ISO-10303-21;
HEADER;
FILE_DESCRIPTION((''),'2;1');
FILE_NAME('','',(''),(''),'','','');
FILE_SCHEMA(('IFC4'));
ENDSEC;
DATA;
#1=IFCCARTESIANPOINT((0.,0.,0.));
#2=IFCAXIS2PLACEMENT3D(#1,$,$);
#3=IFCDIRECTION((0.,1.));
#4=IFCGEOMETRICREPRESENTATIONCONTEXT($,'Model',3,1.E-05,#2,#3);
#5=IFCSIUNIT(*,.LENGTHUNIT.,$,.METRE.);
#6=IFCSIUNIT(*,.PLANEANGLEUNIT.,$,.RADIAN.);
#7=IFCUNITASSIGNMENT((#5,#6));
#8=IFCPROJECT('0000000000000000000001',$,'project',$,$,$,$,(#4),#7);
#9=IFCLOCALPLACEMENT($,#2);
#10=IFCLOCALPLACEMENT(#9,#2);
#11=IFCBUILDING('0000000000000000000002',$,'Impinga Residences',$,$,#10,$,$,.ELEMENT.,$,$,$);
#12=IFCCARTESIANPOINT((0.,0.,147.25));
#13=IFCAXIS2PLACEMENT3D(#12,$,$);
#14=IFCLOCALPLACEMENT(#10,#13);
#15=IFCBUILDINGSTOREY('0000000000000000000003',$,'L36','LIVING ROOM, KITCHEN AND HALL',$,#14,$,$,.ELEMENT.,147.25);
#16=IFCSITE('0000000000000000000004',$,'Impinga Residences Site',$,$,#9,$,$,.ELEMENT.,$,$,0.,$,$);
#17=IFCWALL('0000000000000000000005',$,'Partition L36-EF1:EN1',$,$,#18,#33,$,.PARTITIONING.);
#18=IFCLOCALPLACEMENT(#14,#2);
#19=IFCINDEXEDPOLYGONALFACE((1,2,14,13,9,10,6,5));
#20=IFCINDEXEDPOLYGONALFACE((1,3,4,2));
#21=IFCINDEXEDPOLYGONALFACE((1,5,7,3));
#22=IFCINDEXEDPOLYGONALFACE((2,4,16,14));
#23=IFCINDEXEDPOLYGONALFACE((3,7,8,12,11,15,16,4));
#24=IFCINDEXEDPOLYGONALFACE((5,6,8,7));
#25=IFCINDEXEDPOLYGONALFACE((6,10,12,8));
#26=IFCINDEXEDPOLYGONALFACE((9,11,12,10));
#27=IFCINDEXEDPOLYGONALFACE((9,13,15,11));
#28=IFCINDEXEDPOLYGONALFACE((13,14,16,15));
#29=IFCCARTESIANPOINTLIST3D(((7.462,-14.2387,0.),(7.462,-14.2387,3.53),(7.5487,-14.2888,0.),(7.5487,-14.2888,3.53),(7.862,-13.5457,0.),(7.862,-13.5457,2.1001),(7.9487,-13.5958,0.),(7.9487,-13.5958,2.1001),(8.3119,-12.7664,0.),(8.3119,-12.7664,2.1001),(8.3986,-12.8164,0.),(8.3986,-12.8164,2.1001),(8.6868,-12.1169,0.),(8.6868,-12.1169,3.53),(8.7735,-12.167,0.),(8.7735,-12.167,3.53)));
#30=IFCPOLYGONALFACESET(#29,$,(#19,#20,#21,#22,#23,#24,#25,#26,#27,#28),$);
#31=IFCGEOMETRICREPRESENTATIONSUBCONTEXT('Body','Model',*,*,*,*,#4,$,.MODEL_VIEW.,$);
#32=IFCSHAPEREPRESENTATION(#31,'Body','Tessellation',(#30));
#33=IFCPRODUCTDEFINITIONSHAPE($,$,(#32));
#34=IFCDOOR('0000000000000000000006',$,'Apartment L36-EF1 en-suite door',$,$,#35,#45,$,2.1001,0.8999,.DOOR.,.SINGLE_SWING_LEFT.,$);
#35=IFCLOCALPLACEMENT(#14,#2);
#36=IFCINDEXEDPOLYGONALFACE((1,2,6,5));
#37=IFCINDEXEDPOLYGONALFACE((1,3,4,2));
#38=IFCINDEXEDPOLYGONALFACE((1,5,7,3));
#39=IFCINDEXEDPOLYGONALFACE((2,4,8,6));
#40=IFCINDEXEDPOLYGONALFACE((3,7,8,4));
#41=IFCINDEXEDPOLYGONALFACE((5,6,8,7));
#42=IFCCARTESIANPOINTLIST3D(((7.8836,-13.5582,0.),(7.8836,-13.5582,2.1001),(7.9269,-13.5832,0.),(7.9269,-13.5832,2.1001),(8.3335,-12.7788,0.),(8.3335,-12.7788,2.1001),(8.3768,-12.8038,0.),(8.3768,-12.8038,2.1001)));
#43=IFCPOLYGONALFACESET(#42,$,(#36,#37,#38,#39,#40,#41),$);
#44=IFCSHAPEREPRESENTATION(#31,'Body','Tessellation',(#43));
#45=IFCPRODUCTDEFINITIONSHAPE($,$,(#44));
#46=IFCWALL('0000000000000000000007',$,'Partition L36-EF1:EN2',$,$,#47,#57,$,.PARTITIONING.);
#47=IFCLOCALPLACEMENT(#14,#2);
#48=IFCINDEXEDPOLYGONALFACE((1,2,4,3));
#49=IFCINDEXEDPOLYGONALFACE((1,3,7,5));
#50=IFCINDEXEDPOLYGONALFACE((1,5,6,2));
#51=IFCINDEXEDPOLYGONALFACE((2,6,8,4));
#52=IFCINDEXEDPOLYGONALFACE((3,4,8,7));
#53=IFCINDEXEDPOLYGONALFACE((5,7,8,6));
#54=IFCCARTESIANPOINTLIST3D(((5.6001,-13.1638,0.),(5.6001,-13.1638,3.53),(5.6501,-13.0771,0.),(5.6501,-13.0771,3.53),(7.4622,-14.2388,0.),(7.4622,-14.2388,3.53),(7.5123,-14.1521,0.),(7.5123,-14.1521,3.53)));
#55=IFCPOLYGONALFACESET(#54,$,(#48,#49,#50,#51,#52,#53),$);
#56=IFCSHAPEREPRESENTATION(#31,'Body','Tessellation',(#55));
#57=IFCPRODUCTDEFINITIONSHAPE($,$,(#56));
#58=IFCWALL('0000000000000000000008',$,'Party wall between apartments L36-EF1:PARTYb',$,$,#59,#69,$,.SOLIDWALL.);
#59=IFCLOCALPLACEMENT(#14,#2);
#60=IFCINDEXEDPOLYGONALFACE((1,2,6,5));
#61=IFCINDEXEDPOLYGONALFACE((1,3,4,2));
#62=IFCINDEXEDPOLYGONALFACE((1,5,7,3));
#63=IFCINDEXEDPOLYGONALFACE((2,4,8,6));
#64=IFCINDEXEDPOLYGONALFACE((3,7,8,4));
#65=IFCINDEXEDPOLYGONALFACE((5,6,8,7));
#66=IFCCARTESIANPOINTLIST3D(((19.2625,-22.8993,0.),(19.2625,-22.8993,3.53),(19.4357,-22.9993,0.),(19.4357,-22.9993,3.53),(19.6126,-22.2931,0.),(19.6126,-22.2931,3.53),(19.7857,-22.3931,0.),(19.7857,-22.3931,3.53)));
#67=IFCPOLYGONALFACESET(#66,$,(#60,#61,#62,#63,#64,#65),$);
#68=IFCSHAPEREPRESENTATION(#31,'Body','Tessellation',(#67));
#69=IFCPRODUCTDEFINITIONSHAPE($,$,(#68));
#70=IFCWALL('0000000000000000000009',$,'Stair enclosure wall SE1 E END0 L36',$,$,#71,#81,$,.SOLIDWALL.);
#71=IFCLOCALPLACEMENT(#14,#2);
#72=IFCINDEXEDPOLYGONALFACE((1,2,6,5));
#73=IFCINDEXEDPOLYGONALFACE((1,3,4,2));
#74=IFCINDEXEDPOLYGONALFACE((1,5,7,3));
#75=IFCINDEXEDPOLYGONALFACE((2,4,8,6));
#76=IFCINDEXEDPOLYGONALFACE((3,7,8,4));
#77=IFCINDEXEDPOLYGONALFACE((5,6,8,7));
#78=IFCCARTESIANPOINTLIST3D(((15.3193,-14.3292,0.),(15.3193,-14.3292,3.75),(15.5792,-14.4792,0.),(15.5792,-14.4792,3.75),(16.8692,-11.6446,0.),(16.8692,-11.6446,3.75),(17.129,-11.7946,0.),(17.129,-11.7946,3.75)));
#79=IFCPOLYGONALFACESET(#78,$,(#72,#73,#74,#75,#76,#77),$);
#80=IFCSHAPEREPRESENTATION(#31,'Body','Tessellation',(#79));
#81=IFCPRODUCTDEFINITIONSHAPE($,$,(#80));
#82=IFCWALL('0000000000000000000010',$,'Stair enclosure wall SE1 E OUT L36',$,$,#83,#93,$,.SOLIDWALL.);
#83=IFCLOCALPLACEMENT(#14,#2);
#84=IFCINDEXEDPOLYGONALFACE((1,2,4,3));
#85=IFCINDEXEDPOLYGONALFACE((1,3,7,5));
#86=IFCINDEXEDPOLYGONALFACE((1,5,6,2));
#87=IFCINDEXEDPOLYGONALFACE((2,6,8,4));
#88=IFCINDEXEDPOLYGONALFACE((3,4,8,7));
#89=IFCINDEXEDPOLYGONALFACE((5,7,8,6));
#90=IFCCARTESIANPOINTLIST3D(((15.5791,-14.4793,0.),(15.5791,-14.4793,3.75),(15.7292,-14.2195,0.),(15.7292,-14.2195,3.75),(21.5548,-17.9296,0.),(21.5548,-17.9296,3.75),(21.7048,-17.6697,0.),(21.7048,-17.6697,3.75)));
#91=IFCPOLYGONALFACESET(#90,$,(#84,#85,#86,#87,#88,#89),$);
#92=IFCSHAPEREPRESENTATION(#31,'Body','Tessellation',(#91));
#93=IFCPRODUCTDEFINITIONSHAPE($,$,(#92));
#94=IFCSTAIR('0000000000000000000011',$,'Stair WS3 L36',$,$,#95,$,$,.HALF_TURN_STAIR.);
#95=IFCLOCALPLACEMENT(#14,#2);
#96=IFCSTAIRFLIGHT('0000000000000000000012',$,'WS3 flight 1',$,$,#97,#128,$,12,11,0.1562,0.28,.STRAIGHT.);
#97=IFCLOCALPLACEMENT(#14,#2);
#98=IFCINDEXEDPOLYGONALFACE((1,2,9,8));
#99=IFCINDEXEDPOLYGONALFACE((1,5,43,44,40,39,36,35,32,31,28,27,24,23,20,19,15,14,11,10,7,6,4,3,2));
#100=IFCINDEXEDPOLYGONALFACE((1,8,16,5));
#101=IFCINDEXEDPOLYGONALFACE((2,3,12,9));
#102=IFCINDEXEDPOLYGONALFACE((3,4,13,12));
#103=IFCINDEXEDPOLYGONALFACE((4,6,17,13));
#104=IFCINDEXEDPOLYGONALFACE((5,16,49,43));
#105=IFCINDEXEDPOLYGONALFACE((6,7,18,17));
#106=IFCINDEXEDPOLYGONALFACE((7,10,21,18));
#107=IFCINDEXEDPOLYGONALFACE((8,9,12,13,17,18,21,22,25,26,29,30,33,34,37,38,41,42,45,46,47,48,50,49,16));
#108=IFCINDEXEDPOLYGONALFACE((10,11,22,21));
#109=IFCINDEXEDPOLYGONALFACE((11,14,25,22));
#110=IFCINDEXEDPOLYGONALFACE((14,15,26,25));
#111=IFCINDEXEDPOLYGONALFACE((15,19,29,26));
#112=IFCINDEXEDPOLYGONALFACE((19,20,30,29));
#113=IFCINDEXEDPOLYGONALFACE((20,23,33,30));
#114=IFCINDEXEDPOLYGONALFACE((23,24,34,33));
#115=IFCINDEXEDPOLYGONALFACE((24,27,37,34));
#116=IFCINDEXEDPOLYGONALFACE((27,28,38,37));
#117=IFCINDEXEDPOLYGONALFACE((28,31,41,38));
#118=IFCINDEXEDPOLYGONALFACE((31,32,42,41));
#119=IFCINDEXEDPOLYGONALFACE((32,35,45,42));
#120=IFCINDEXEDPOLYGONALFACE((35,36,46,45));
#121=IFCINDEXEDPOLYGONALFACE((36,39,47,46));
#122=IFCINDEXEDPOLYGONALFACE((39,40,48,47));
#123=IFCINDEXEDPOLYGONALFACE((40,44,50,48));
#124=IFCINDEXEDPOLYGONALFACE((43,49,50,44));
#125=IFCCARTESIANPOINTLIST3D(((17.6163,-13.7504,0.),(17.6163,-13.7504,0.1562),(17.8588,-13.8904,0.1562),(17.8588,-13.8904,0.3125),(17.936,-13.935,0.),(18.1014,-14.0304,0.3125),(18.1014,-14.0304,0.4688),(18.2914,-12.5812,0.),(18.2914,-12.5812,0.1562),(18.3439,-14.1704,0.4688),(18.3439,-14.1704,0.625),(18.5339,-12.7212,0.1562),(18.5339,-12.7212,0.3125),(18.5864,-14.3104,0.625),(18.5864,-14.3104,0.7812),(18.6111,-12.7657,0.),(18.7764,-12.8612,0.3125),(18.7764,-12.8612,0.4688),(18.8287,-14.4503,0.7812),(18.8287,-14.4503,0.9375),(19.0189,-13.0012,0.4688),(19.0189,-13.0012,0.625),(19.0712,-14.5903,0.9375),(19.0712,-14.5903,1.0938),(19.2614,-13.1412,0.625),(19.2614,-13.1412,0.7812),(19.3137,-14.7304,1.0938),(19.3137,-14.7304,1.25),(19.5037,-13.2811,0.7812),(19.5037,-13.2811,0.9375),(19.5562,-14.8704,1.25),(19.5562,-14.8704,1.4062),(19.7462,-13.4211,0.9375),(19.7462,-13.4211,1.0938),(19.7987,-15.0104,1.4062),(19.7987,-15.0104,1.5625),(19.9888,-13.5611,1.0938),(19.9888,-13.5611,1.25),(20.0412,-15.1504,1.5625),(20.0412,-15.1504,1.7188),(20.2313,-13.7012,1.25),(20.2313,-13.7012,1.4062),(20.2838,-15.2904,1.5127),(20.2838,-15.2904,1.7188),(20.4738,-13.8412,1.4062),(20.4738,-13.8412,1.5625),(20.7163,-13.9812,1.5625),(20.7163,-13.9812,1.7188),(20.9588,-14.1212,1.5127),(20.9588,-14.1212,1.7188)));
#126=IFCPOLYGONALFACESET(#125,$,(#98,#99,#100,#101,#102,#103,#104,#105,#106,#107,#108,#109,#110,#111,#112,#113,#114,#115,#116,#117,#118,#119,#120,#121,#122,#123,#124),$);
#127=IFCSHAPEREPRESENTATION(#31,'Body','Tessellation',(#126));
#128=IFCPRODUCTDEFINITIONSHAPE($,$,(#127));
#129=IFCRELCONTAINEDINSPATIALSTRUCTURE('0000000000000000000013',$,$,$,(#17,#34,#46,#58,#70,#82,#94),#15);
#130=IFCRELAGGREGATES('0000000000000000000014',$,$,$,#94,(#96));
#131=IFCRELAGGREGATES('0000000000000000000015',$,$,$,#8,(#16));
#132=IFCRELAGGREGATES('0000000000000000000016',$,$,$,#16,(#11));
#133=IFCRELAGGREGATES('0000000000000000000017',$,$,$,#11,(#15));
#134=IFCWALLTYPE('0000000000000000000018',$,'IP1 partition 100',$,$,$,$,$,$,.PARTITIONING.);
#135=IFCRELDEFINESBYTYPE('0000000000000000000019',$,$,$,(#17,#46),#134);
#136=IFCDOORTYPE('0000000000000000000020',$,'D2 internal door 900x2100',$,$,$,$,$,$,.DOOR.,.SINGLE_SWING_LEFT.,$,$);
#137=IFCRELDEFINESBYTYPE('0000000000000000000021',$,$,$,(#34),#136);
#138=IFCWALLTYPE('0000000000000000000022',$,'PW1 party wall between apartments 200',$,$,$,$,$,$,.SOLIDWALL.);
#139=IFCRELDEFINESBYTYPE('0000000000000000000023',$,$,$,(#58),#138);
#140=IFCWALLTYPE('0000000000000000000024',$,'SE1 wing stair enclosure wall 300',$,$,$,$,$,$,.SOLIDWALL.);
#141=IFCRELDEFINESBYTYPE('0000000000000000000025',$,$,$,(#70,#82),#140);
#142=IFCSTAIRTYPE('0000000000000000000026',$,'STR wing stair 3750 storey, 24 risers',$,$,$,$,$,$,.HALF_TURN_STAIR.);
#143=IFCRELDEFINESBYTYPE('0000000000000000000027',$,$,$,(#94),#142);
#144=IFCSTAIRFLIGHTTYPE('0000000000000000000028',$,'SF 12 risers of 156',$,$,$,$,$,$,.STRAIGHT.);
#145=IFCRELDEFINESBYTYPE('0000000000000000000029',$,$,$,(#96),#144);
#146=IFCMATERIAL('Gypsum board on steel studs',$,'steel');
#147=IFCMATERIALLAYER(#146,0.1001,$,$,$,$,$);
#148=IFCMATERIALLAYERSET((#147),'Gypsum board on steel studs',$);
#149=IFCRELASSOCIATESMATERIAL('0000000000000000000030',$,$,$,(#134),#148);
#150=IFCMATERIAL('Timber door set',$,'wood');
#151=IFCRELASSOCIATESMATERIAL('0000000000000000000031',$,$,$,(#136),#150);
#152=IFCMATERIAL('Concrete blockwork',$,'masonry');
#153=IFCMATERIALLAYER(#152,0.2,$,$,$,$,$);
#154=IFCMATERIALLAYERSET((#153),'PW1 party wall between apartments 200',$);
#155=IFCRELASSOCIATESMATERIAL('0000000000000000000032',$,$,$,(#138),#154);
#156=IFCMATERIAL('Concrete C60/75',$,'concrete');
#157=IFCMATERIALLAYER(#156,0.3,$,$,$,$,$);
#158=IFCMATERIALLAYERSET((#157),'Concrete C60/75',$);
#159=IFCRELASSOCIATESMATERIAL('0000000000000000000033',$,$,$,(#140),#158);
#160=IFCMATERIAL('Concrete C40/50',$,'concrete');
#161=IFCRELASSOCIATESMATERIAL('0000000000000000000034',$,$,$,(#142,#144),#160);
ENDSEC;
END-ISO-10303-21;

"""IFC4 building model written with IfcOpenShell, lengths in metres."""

from ifc_helpers import new_model, si_unit, direction, frame, frame_2d, origin, place, context, subcontext, project, spatial, polyline, rectangle, outline, extrude, material, layer, layer_set, type_object, element, fill, aggregate, save


model = new_model("IFC4")

# Units and contexts
model_context = context("Model", 3, precision=1e-05, world=origin(), true_north=direction((0.0, 1.0)))
body_context = subcontext(model_context, "Body", "Model", "MODEL_VIEW")
ifc_project = project(units=[si_unit("LENGTHUNIT", "METRE"), si_unit("PLANEANGLEUNIT", "RADIAN")], contexts=[model_context])

# Site, building, storey
site_placement = place(None, origin())
site = spatial("IfcSite", under=ifc_project, at=site_placement, Name="Impinga Residences Site", CompositionType="ELEMENT", RefElevation=0.0)
building_placement = place(site_placement, origin())
building = spatial("IfcBuilding", under=site, at=building_placement, Name="Impinga Residences", CompositionType="ELEMENT")
storey_placement = place(building_placement, frame((0.0, 0.0, 147.25)))
storey = spatial("IfcBuildingStorey", under=building, at=storey_placement, Name="L36", Description="LIVING ROOM, KITCHEN AND HALL", CompositionType="ELEMENT", Elevation=147.25)

# Shared definitions
ifc_material_1 = material(Name="Concrete C60/75", Category="concrete")

# Shared definitions
ifc_material_2 = material(Name="Gypsum board on steel studs", Category="steel")
ifc_layer_1 = layer(ifc_material_2, 0.1001)
ifc_layer_set_1 = layer_set([ifc_layer_1], Name="Gypsum board on steel studs")
wall_type_1 = type_object("IfcWallType", Name="IP1 partition 100", PredefinedType="PARTITIONING", material=ifc_layer_set_1)

# Shared definitions
ifc_material_3 = material(Name="Timber door set", Category="wood")
door_type = type_object("IfcDoorType", Name="D2 internal door 900x2100", OperationType="SINGLE_SWING_LEFT", PredefinedType="DOOR", material=ifc_material_3)

# Wall, opening, door
wall_1_placement = place(storey_placement, frame((8.7302, -12.1418, 0.0), z_axis=(0.0, 0.0, 1.0), x_axis=(-0.499944, -0.866058, 0.0)))
wall_1 = element("IfcWall", 1, at=wall_1_placement, inside=storey, type_object=wall_type_1, Name="Partition L36-EF1:EN1", PredefinedType="PARTITIONING", context=body_context, shape_type="SweptSolid", body=[
    extrude(rectangle(XDim=2.45, YDim=0.1001, at=frame_2d((1.2251, 0.0))), origin(), (0.0, 0.0, 1.0), 3.53),
])
opening_1_placement = place(wall_1_placement, frame((0.75, 0.0, 0.0)))
opening_1 = element("IfcOpeningElement", 2, at=opening_1_placement, cuts=wall_1, PredefinedType="OPENING", context=body_context, shape_type="SweptSolid", body=[
    extrude(rectangle(XDim=0.8999, YDim=2.1001, at=frame_2d((0.45, 1.05))), frame((0.0, 0.0601, 0.0), z_axis=(0.0, -1.0, 0.0), x_axis=(1.0, 0.0, 0.0)), (0.0, 0.0, 1.0), 0.1201),
])
door_1_placement = place(opening_1_placement, origin())
door_1 = element("IfcDoor", 3, at=door_1_placement, inside=storey, type_object=door_type, Name="Apartment L36-EF1 en-suite door", OperationType="SINGLE_SWING_LEFT", OverallHeight=2.1001, OverallWidth=0.8999, PredefinedType="DOOR", context=body_context, shape_type="SweptSolid", body=[
    extrude(rectangle(XDim=0.8999, YDim=2.1001, at=frame_2d((0.45, 1.05))), frame((0.0, 0.0249, 0.0), z_axis=(0.0, -1.0, 0.0), x_axis=(1.0, 0.0, 0.0)), (0.0, 0.0, 1.0), 0.05),
])
fill(opening_1, door_1)

# Walls
wall_2_placement = place(storey_placement, frame((5.625, -13.1204, 0.0), z_axis=(0.0, 0.0, 1.0), x_axis=(0.866048, -0.499962, 0.0)))
element("IfcWall", 4, at=wall_2_placement, inside=storey, type_object=wall_type_1, Name="Partition L36-EF1:EN2", PredefinedType="PARTITIONING", context=body_context, shape_type="SweptSolid", body=[
    extrude(rectangle(XDim=2.1501, YDim=0.1001, at=frame_2d((1.0752, 0.0))), origin(), (0.0, 0.0, 1.0), 3.53),
])
ifc_material_4 = material(Name="Concrete blockwork", Category="masonry")
ifc_layer_2 = layer(ifc_material_4, 0.2)
ifc_layer_set_2 = layer_set([ifc_layer_2], Name="PW1 party wall between apartments 200")
wall_type_2 = type_object("IfcWallType", Name="PW1 party wall between apartments 200", PredefinedType="SOLIDWALL", material=ifc_layer_set_2)
wall_3_placement = place(storey_placement, frame((19.6992, -22.343, 0.0), z_axis=(0.0, 0.0, 1.0), x_axis=(-0.500115, -0.865959, 0.0)))
element("IfcWall", 5, at=wall_3_placement, inside=storey, type_object=wall_type_2, Name="Party wall between apartments L36-EF1:PARTYb", PredefinedType="SOLIDWALL", context=body_context, shape_type="SweptSolid", body=[
    extrude(rectangle(XDim=0.7, YDim=0.2, at=frame_2d((0.3501, 0.0))), origin(), (0.0, 0.0, 1.0), 3.53),
])
ifc_layer_3 = layer(ifc_material_1, 0.3)
ifc_layer_set_3 = layer_set([ifc_layer_3], Name="Concrete C60/75")
wall_type_3 = type_object("IfcWallType", Name="SE1 wing stair enclosure wall 300", PredefinedType="SOLIDWALL", material=ifc_layer_set_3)
wall_4_placement = place(storey_placement, frame((16.999, -11.7197, 0.0), z_axis=(0.0, 0.0, 1.0), x_axis=(-0.499968, -0.866044, 0.0)))
element("IfcWall", 6, at=wall_4_placement, inside=storey, type_object=wall_type_3, Name="Stair enclosure wall SE1 E END0 L36", PredefinedType="SOLIDWALL", context=body_context, shape_type="SweptSolid", body=[
    extrude(rectangle(XDim=3.0999, YDim=0.3, at=frame_2d((1.5498, 0.0))), origin(), (0.0, 0.0, 1.0), 3.75),
])
wall_5_placement = place(storey_placement, frame((15.6541, -14.3494, 0.0), z_axis=(0.0, 0.0, 1.0), x_axis=(0.866014, -0.500021, 0.0)))
element("IfcWall", 7, at=wall_5_placement, inside=storey, type_object=wall_type_3, Name="Stair enclosure wall SE1 E OUT L36", PredefinedType="SOLIDWALL", context=body_context, shape_type="SweptSolid", body=[
    extrude(rectangle(XDim=6.9001, YDim=0.3, at=frame_2d((3.4502, 0.0))), origin(), (0.0, 0.0, 1.0), 3.75),
])

# Stair, stair flight
ifc_material_5 = material(Name="Concrete C40/50", Category="concrete")
stair_type = type_object("IfcStairType", Name="STR wing stair 3750 storey, 24 risers", PredefinedType="HALF_TURN_STAIR", material=ifc_material_5)
stair_placement = place(storey_placement, origin())
stair = element("IfcStair", 8, at=stair_placement, inside=storey, type_object=stair_type, Name="Stair WS3 L36", PredefinedType="HALF_TURN_STAIR")
stair_flight_type = type_object("IfcStairFlightType", Name="SF 12 risers of 156", PredefinedType="STRAIGHT", material=ifc_material_5)
stair_flight_placement = place(storey_placement, frame((17.9539, -13.1658, 0.0), z_axis=(0.0, 0.0, 1.0), x_axis=(0.866025, -0.5, 0.0)))
stair_flight = element("IfcStairFlight", 9, at=stair_flight_placement, type_object=stair_flight_type, Name="WS3 flight 1", NumberOfRisers=12, NumberOfTreads=11, PredefinedType="STRAIGHT", RiserHeight=0.1562, TreadLength=0.28, context=body_context, shape_type="SweptSolid", body=[
    extrude(outline(polyline([(0.0, 0.0), (0.0, 0.1562), (0.28, 0.1562), (0.28, 0.3125), (0.5601, 0.3125), (0.5601, 0.4688), (0.8401, 0.4688), (0.8401, 0.625), (1.1201, 0.625), (1.1201, 0.7812), (1.3999, 0.7812), (1.3999, 0.9375), (1.6799, 0.9375), (1.6799, 1.0938), (1.96, 1.0938), (1.96, 1.25), (2.24, 1.25), (2.24, 1.4062), (2.52, 1.4062), (2.52, 1.5625), (2.8, 1.5625), (2.8, 1.7188), (3.0801, 1.7188), (3.0801, 1.875), (3.0801, 1.5127), (0.3691, 0.0), (0.0, 0.0)])), frame((0.0, 0.675, 0.0), z_axis=(0.0, -1.0, 0.0), x_axis=(1.0, 0.0, 0.0)), (0.0, 0.0, 1.0), 1.3501),
])
aggregate(stair, [stair_flight])

save(model, "model.ifc")
